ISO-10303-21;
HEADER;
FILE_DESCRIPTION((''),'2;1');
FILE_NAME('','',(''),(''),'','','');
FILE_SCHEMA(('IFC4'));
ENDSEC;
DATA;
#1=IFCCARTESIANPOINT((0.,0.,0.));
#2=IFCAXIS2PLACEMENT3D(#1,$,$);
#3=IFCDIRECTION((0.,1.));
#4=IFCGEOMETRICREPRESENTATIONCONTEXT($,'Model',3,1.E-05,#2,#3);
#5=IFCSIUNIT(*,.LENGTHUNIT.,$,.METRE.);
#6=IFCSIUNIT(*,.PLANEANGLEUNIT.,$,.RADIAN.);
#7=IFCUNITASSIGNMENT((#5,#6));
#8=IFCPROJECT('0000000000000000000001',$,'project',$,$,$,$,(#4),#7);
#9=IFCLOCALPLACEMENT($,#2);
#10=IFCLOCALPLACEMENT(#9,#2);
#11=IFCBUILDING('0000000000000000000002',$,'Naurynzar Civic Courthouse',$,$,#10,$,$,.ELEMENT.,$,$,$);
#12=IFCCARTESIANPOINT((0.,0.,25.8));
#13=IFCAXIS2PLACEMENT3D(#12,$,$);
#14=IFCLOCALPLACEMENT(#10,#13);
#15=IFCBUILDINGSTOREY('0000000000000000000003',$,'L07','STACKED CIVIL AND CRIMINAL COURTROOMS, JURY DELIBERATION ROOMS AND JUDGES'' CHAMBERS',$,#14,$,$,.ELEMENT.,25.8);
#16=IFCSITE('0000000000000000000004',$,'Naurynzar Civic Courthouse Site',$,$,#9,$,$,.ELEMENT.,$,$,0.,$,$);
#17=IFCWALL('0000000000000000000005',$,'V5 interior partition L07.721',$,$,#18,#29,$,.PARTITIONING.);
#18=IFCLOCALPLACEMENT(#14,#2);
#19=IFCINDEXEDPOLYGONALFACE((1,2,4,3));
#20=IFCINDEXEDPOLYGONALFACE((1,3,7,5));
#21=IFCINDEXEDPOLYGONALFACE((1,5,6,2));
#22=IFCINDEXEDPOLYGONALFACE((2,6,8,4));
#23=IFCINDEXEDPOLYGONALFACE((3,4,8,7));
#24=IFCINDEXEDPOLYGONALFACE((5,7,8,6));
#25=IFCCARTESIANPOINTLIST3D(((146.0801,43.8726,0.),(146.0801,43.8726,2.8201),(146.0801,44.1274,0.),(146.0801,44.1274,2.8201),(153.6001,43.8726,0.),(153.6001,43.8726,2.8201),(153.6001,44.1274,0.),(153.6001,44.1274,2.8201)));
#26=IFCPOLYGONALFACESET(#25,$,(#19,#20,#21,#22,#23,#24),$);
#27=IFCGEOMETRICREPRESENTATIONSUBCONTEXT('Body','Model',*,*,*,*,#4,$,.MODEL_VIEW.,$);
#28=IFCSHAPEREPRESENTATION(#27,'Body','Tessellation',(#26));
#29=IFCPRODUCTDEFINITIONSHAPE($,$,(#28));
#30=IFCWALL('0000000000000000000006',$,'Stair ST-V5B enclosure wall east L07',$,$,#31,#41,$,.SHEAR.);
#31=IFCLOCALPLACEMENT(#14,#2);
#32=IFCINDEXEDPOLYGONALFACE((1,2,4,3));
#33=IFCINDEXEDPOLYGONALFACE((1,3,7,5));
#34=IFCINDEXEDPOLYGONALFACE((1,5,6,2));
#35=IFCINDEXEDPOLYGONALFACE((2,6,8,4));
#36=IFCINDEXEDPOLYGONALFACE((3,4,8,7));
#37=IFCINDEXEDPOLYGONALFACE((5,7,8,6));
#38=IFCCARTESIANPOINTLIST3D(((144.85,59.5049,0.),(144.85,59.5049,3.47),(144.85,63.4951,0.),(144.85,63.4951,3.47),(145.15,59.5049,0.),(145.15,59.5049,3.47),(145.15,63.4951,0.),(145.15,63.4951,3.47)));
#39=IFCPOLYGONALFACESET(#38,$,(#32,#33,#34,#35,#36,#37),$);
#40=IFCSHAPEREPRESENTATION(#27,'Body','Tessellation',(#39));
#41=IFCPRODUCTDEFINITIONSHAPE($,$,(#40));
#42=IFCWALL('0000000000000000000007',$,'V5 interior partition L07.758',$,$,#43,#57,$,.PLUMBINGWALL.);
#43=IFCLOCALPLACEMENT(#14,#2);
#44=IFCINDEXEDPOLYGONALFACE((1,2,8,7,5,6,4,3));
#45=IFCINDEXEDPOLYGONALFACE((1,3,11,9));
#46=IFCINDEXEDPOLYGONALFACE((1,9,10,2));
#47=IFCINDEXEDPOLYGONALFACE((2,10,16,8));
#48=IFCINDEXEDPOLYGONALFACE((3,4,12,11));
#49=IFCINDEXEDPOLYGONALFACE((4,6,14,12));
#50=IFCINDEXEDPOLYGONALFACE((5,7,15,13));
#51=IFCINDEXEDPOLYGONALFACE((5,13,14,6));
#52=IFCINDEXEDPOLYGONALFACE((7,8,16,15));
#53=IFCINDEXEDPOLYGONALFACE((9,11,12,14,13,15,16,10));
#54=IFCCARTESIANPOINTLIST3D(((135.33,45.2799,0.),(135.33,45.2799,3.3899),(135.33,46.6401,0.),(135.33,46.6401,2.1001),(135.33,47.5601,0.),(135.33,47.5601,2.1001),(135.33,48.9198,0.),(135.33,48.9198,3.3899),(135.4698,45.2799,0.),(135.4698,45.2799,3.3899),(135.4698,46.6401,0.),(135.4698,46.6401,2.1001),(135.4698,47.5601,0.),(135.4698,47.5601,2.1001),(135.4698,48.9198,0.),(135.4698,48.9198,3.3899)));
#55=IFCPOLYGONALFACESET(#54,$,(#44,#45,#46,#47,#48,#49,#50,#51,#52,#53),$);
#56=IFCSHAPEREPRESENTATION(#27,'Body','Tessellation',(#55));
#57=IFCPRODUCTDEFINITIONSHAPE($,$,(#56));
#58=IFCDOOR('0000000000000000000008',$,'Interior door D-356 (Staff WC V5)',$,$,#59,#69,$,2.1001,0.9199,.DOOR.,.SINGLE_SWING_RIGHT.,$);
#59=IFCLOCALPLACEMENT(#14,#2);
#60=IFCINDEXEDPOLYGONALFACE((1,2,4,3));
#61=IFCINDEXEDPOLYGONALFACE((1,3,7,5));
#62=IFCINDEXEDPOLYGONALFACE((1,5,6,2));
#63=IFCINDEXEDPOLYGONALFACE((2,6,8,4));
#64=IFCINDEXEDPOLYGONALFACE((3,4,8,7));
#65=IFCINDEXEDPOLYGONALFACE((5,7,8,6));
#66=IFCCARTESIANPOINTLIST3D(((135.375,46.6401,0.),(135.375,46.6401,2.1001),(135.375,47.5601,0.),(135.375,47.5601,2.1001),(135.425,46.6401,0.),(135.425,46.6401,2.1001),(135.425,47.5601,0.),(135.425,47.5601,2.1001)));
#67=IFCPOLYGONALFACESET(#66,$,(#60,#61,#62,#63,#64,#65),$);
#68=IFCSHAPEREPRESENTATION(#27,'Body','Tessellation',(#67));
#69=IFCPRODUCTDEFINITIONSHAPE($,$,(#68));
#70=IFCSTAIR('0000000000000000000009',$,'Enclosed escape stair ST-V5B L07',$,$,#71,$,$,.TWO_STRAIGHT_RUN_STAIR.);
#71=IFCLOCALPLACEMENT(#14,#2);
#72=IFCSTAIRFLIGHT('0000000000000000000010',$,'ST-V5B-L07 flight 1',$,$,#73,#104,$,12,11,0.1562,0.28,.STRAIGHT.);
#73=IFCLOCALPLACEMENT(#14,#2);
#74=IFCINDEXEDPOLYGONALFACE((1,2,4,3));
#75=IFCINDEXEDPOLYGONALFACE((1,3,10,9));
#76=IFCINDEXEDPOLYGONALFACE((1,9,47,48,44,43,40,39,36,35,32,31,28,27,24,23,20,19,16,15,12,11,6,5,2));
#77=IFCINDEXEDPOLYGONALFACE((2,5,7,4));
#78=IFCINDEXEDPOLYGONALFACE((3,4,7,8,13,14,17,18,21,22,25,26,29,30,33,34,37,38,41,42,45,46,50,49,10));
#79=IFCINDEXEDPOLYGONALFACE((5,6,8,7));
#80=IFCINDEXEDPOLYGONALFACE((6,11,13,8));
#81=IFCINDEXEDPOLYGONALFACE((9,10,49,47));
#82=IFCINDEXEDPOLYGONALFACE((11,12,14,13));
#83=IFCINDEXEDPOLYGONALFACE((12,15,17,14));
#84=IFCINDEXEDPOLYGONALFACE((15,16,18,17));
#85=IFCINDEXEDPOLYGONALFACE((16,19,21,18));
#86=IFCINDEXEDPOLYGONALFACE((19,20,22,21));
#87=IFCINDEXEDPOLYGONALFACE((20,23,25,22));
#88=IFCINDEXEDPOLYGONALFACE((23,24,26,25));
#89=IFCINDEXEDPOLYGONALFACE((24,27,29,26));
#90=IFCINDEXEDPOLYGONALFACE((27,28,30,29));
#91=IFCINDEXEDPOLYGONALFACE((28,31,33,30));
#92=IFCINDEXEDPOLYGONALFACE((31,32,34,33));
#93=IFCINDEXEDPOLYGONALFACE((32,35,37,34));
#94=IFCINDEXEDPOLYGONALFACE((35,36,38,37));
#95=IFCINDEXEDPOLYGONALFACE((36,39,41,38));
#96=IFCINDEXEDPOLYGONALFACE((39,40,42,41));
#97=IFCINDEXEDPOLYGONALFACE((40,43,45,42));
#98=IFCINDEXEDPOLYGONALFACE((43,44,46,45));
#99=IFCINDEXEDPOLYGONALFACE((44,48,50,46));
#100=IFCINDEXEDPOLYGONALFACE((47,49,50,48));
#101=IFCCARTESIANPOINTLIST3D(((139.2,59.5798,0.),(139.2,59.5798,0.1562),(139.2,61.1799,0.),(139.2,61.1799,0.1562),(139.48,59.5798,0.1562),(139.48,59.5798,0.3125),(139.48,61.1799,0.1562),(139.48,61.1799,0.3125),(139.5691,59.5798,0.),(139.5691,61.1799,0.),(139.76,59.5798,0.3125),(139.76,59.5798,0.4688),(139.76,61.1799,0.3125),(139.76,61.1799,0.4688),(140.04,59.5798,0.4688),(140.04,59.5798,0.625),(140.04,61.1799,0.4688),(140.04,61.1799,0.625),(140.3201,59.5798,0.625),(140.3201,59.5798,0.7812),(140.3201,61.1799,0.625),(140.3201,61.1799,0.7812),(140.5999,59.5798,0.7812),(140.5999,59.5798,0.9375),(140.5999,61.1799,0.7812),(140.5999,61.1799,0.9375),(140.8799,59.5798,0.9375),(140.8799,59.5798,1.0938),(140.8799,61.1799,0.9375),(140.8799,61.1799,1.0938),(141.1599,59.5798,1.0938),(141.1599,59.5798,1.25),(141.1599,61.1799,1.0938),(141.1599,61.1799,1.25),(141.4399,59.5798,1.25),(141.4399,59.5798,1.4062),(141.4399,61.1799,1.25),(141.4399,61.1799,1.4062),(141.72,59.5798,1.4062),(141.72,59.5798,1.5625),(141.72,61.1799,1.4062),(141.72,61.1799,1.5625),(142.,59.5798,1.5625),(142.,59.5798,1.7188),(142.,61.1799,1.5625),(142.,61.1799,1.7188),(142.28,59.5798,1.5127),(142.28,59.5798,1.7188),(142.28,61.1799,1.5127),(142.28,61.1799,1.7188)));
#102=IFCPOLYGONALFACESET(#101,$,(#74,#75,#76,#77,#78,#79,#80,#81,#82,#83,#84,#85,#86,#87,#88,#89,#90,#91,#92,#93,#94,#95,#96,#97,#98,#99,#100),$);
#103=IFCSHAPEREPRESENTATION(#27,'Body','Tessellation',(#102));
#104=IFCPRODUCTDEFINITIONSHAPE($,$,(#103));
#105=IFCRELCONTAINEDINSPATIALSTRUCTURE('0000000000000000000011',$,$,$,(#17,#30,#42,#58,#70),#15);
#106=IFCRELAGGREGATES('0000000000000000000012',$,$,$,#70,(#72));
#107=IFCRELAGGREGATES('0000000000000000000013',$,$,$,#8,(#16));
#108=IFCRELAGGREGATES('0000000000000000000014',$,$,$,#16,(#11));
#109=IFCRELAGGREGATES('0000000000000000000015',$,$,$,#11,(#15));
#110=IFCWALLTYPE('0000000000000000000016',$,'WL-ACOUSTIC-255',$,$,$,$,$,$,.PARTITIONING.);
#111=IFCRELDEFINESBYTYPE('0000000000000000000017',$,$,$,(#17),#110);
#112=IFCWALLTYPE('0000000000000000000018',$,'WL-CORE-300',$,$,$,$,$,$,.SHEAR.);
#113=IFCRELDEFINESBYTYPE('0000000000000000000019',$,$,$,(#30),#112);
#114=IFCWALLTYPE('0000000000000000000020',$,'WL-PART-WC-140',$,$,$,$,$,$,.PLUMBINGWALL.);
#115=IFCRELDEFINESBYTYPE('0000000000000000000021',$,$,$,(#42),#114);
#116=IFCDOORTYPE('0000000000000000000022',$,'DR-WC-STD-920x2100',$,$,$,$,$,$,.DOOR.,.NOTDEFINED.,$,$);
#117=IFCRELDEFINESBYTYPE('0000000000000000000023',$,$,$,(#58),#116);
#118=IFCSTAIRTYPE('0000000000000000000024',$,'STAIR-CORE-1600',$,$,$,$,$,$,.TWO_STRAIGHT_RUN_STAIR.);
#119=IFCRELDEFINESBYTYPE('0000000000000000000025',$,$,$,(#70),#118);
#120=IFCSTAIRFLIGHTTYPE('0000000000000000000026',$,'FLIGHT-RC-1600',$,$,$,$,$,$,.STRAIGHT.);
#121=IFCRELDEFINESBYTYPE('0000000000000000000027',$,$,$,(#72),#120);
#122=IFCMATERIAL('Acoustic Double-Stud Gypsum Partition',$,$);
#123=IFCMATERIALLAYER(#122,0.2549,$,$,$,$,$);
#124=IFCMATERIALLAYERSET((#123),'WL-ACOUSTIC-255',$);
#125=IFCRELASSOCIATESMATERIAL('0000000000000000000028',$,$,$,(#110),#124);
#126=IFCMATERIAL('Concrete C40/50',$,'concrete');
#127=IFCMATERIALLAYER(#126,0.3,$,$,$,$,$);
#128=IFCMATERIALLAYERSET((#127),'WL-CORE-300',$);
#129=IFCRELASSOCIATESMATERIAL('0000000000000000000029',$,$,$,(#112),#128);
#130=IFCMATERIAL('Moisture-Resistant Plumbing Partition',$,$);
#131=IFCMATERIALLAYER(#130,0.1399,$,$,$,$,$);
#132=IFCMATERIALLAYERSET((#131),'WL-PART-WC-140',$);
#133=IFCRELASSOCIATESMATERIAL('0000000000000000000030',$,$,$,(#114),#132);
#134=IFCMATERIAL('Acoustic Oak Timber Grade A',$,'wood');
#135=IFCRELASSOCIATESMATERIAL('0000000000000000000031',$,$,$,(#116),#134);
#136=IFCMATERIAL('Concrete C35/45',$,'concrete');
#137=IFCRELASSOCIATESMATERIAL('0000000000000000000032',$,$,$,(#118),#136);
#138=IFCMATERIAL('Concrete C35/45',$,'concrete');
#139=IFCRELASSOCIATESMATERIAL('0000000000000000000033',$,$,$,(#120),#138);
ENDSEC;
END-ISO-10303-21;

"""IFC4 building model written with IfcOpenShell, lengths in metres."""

from ifc_helpers import new_model, si_unit, direction, frame, frame_2d, origin, place, context, subcontext, project, spatial, polyline, rectangle, outline, extrude, material, layer, layer_set, type_object, element, fill, aggregate, save


model = new_model("IFC4")

# Units and contexts
model_context = context("Model", 3, precision=1e-05, world=origin(), true_north=direction((0.0, 1.0)))
body_context = subcontext(model_context, "Body", "Model", "MODEL_VIEW")
ifc_project = project(units=[si_unit("LENGTHUNIT", "METRE"), si_unit("PLANEANGLEUNIT", "RADIAN")], contexts=[model_context])

# Site, building, storey
site_placement = place(None, origin())
site = spatial("IfcSite", under=ifc_project, at=site_placement, Name="Naurynzar Civic Courthouse Site", CompositionType="ELEMENT", RefElevation=0.0)
building_placement = place(site_placement, origin())
building = spatial("IfcBuilding", under=site, at=building_placement, Name="Naurynzar Civic Courthouse", CompositionType="ELEMENT")
storey_placement = place(building_placement, frame((0.0, 0.0, 25.8)))
storey = spatial("IfcBuildingStorey", under=building, at=storey_placement, Name="L07", Description="STACKED CIVIL AND CRIMINAL COURTROOMS, JURY DELIBERATION ROOMS AND JUDGES' CHAMBERS", CompositionType="ELEMENT", Elevation=25.8)

# Wall
ifc_material_1 = material(Name="Acoustic Double-Stud Gypsum Partition")
ifc_layer_1 = layer(ifc_material_1, 0.2549)
ifc_layer_set_1 = layer_set([ifc_layer_1], Name="WL-ACOUSTIC-255")
wall_type_1 = type_object("IfcWallType", Name="WL-ACOUSTIC-255", PredefinedType="PARTITIONING", material=ifc_layer_set_1)
wall_1_placement = place(storey_placement, frame((146.0801, 44.0, 0.0), z_axis=(0.0, 0.0, 1.0), x_axis=(1.0, 0.0, 0.0)))
element("IfcWall", 1, at=wall_1_placement, inside=storey, type_object=wall_type_1, Name="V5 interior partition L07.721", PredefinedType="PARTITIONING", context=body_context, shape_type="SweptSolid", body=[
    extrude(rectangle(XDim=7.52, YDim=0.2549, at=frame_2d((3.76, 0.0))), origin(), (0.0, 0.0, 1.0), 2.8201),
])

# Shared definitions
ifc_material_2 = material(Name="Concrete C40/50", Category="concrete")
ifc_layer_2 = layer(ifc_material_2, 0.3)
ifc_layer_set_2 = layer_set([ifc_layer_2], Name="WL-CORE-300")
wall_type_2 = type_object("IfcWallType", Name="WL-CORE-300", PredefinedType="SHEAR", material=ifc_layer_set_2)

# Wall
wall_2_placement = place(storey_placement, frame((145.0, 59.5049, 0.0), z_axis=(0.0, 0.0, 1.0), x_axis=(0.0, 1.0, 0.0)))
element("IfcWall", 2, at=wall_2_placement, inside=storey, type_object=wall_type_2, Name="Stair ST-V5B enclosure wall east L07", PredefinedType="SHEAR", context=body_context, shape_type="SweptSolid", body=[
    extrude(rectangle(XDim=3.9902, YDim=0.3, at=frame_2d((1.9951, 0.0))), origin(), (0.0, 0.0, 1.0), 3.47),
])

# Wall, opening, door
ifc_material_3 = material(Name="Moisture-Resistant Plumbing Partition")
ifc_layer_3 = layer(ifc_material_3, 0.1399)
ifc_layer_set_3 = layer_set([ifc_layer_3], Name="WL-PART-WC-140")
wall_type_3 = type_object("IfcWallType", Name="WL-PART-WC-140", PredefinedType="PLUMBINGWALL", material=ifc_layer_set_3)
wall_3_placement = place(storey_placement, frame((135.3999, 45.28, 0.0), z_axis=(0.0, 0.0, 1.0), x_axis=(0.0, 1.0, 0.0)))
wall_3 = element("IfcWall", 3, at=wall_3_placement, inside=storey, type_object=wall_type_3, Name="V5 interior partition L07.758", PredefinedType="PLUMBINGWALL", context=body_context, shape_type="SweptSolid", body=[
    extrude(rectangle(XDim=3.6399, YDim=0.1399, at=frame_2d((1.8198, 0.0))), origin(), (0.0, 0.0, 1.0), 3.3899),
])
opening_1_placement = place(wall_3_placement, frame((1.3601, 0.0, 0.0)))
opening_1 = element("IfcOpeningElement", 4, at=opening_1_placement, cuts=wall_3, PredefinedType="OPENING", context=body_context, shape_type="SweptSolid", body=[
    extrude(rectangle(XDim=0.9199, YDim=2.1001, at=frame_2d((0.46, 1.05))), frame((0.0, 0.0798, 0.0), z_axis=(0.0, -1.0, 0.0), x_axis=(1.0, 0.0, 0.0)), (0.0, 0.0, 1.0), 0.1599),
])
ifc_material_4 = material(Name="Acoustic Oak Timber Grade A", Category="wood")
door_type_1 = type_object("IfcDoorType", Name="DR-WC-STD-920x2100", OperationType="NOTDEFINED", PredefinedType="DOOR", material=ifc_material_4)
door_1_placement = place(opening_1_placement, origin())
door_1 = element("IfcDoor", 5, at=door_1_placement, inside=storey, type_object=door_type_1, Name="Interior door D-356 (Staff WC V5)", OperationType="SINGLE_SWING_RIGHT", OverallHeight=2.1001, OverallWidth=0.9199, PredefinedType="DOOR", context=body_context, shape_type="SweptSolid", body=[
    extrude(rectangle(XDim=0.9199, YDim=2.1001, at=frame_2d((0.46, 1.05))), frame((0.0, 0.0249, 0.0), z_axis=(0.0, -1.0, 0.0), x_axis=(1.0, 0.0, 0.0)), (0.0, 0.0, 1.0), 0.05),
])
fill(opening_1, door_1)

# Stair, stair flight
ifc_material_5 = material(Name="Concrete C35/45", Category="concrete")
stair_type = type_object("IfcStairType", Name="STAIR-CORE-1600", PredefinedType="TWO_STRAIGHT_RUN_STAIR", material=ifc_material_5)
stair_placement = place(storey_placement, origin())
stair = element("IfcStair", 6, at=stair_placement, inside=storey, type_object=stair_type, Name="Enclosed escape stair ST-V5B L07", PredefinedType="TWO_STRAIGHT_RUN_STAIR")
ifc_material_6 = material(Name="Concrete C35/45", Category="concrete")
stair_flight_type = type_object("IfcStairFlightType", Name="FLIGHT-RC-1600", PredefinedType="STRAIGHT", material=ifc_material_6)
stair_flight_placement = place(storey_placement, frame((139.2, 60.3799, 0.0), z_axis=(0.0, 0.0, 1.0), x_axis=(1.0, 0.0, 0.0)))
stair_flight = element("IfcStairFlight", 7, at=stair_flight_placement, type_object=stair_flight_type, Name="ST-V5B-L07 flight 1", NumberOfRisers=12, NumberOfTreads=11, PredefinedType="STRAIGHT", RiserHeight=0.1562, TreadLength=0.28, context=body_context, shape_type="SweptSolid", body=[
    extrude(outline(polyline([(0.0, 0.0), (0.0, 0.1562), (0.28, 0.1562), (0.28, 0.3125), (0.5601, 0.3125), (0.5601, 0.4688), (0.8401, 0.4688), (0.8401, 0.625), (1.1201, 0.625), (1.1201, 0.7812), (1.3999, 0.7812), (1.3999, 0.9375), (1.6799, 0.9375), (1.6799, 1.0938), (1.96, 1.0938), (1.96, 1.25), (2.24, 1.25), (2.24, 1.4062), (2.52, 1.4062), (2.52, 1.5625), (2.8, 1.5625), (2.8, 1.7188), (3.0801, 1.7188), (3.0801, 1.875), (3.0801, 1.5127), (0.3691, 0.0), (0.0, 0.0)])), frame((0.0, 0.8, 0.0), z_axis=(0.0, -1.0, 0.0), x_axis=(1.0, 0.0, 0.0)), (0.0, 0.0, 1.0), 1.6001),
])
aggregate(stair, [stair_flight])

save(model, "model.ifc")
